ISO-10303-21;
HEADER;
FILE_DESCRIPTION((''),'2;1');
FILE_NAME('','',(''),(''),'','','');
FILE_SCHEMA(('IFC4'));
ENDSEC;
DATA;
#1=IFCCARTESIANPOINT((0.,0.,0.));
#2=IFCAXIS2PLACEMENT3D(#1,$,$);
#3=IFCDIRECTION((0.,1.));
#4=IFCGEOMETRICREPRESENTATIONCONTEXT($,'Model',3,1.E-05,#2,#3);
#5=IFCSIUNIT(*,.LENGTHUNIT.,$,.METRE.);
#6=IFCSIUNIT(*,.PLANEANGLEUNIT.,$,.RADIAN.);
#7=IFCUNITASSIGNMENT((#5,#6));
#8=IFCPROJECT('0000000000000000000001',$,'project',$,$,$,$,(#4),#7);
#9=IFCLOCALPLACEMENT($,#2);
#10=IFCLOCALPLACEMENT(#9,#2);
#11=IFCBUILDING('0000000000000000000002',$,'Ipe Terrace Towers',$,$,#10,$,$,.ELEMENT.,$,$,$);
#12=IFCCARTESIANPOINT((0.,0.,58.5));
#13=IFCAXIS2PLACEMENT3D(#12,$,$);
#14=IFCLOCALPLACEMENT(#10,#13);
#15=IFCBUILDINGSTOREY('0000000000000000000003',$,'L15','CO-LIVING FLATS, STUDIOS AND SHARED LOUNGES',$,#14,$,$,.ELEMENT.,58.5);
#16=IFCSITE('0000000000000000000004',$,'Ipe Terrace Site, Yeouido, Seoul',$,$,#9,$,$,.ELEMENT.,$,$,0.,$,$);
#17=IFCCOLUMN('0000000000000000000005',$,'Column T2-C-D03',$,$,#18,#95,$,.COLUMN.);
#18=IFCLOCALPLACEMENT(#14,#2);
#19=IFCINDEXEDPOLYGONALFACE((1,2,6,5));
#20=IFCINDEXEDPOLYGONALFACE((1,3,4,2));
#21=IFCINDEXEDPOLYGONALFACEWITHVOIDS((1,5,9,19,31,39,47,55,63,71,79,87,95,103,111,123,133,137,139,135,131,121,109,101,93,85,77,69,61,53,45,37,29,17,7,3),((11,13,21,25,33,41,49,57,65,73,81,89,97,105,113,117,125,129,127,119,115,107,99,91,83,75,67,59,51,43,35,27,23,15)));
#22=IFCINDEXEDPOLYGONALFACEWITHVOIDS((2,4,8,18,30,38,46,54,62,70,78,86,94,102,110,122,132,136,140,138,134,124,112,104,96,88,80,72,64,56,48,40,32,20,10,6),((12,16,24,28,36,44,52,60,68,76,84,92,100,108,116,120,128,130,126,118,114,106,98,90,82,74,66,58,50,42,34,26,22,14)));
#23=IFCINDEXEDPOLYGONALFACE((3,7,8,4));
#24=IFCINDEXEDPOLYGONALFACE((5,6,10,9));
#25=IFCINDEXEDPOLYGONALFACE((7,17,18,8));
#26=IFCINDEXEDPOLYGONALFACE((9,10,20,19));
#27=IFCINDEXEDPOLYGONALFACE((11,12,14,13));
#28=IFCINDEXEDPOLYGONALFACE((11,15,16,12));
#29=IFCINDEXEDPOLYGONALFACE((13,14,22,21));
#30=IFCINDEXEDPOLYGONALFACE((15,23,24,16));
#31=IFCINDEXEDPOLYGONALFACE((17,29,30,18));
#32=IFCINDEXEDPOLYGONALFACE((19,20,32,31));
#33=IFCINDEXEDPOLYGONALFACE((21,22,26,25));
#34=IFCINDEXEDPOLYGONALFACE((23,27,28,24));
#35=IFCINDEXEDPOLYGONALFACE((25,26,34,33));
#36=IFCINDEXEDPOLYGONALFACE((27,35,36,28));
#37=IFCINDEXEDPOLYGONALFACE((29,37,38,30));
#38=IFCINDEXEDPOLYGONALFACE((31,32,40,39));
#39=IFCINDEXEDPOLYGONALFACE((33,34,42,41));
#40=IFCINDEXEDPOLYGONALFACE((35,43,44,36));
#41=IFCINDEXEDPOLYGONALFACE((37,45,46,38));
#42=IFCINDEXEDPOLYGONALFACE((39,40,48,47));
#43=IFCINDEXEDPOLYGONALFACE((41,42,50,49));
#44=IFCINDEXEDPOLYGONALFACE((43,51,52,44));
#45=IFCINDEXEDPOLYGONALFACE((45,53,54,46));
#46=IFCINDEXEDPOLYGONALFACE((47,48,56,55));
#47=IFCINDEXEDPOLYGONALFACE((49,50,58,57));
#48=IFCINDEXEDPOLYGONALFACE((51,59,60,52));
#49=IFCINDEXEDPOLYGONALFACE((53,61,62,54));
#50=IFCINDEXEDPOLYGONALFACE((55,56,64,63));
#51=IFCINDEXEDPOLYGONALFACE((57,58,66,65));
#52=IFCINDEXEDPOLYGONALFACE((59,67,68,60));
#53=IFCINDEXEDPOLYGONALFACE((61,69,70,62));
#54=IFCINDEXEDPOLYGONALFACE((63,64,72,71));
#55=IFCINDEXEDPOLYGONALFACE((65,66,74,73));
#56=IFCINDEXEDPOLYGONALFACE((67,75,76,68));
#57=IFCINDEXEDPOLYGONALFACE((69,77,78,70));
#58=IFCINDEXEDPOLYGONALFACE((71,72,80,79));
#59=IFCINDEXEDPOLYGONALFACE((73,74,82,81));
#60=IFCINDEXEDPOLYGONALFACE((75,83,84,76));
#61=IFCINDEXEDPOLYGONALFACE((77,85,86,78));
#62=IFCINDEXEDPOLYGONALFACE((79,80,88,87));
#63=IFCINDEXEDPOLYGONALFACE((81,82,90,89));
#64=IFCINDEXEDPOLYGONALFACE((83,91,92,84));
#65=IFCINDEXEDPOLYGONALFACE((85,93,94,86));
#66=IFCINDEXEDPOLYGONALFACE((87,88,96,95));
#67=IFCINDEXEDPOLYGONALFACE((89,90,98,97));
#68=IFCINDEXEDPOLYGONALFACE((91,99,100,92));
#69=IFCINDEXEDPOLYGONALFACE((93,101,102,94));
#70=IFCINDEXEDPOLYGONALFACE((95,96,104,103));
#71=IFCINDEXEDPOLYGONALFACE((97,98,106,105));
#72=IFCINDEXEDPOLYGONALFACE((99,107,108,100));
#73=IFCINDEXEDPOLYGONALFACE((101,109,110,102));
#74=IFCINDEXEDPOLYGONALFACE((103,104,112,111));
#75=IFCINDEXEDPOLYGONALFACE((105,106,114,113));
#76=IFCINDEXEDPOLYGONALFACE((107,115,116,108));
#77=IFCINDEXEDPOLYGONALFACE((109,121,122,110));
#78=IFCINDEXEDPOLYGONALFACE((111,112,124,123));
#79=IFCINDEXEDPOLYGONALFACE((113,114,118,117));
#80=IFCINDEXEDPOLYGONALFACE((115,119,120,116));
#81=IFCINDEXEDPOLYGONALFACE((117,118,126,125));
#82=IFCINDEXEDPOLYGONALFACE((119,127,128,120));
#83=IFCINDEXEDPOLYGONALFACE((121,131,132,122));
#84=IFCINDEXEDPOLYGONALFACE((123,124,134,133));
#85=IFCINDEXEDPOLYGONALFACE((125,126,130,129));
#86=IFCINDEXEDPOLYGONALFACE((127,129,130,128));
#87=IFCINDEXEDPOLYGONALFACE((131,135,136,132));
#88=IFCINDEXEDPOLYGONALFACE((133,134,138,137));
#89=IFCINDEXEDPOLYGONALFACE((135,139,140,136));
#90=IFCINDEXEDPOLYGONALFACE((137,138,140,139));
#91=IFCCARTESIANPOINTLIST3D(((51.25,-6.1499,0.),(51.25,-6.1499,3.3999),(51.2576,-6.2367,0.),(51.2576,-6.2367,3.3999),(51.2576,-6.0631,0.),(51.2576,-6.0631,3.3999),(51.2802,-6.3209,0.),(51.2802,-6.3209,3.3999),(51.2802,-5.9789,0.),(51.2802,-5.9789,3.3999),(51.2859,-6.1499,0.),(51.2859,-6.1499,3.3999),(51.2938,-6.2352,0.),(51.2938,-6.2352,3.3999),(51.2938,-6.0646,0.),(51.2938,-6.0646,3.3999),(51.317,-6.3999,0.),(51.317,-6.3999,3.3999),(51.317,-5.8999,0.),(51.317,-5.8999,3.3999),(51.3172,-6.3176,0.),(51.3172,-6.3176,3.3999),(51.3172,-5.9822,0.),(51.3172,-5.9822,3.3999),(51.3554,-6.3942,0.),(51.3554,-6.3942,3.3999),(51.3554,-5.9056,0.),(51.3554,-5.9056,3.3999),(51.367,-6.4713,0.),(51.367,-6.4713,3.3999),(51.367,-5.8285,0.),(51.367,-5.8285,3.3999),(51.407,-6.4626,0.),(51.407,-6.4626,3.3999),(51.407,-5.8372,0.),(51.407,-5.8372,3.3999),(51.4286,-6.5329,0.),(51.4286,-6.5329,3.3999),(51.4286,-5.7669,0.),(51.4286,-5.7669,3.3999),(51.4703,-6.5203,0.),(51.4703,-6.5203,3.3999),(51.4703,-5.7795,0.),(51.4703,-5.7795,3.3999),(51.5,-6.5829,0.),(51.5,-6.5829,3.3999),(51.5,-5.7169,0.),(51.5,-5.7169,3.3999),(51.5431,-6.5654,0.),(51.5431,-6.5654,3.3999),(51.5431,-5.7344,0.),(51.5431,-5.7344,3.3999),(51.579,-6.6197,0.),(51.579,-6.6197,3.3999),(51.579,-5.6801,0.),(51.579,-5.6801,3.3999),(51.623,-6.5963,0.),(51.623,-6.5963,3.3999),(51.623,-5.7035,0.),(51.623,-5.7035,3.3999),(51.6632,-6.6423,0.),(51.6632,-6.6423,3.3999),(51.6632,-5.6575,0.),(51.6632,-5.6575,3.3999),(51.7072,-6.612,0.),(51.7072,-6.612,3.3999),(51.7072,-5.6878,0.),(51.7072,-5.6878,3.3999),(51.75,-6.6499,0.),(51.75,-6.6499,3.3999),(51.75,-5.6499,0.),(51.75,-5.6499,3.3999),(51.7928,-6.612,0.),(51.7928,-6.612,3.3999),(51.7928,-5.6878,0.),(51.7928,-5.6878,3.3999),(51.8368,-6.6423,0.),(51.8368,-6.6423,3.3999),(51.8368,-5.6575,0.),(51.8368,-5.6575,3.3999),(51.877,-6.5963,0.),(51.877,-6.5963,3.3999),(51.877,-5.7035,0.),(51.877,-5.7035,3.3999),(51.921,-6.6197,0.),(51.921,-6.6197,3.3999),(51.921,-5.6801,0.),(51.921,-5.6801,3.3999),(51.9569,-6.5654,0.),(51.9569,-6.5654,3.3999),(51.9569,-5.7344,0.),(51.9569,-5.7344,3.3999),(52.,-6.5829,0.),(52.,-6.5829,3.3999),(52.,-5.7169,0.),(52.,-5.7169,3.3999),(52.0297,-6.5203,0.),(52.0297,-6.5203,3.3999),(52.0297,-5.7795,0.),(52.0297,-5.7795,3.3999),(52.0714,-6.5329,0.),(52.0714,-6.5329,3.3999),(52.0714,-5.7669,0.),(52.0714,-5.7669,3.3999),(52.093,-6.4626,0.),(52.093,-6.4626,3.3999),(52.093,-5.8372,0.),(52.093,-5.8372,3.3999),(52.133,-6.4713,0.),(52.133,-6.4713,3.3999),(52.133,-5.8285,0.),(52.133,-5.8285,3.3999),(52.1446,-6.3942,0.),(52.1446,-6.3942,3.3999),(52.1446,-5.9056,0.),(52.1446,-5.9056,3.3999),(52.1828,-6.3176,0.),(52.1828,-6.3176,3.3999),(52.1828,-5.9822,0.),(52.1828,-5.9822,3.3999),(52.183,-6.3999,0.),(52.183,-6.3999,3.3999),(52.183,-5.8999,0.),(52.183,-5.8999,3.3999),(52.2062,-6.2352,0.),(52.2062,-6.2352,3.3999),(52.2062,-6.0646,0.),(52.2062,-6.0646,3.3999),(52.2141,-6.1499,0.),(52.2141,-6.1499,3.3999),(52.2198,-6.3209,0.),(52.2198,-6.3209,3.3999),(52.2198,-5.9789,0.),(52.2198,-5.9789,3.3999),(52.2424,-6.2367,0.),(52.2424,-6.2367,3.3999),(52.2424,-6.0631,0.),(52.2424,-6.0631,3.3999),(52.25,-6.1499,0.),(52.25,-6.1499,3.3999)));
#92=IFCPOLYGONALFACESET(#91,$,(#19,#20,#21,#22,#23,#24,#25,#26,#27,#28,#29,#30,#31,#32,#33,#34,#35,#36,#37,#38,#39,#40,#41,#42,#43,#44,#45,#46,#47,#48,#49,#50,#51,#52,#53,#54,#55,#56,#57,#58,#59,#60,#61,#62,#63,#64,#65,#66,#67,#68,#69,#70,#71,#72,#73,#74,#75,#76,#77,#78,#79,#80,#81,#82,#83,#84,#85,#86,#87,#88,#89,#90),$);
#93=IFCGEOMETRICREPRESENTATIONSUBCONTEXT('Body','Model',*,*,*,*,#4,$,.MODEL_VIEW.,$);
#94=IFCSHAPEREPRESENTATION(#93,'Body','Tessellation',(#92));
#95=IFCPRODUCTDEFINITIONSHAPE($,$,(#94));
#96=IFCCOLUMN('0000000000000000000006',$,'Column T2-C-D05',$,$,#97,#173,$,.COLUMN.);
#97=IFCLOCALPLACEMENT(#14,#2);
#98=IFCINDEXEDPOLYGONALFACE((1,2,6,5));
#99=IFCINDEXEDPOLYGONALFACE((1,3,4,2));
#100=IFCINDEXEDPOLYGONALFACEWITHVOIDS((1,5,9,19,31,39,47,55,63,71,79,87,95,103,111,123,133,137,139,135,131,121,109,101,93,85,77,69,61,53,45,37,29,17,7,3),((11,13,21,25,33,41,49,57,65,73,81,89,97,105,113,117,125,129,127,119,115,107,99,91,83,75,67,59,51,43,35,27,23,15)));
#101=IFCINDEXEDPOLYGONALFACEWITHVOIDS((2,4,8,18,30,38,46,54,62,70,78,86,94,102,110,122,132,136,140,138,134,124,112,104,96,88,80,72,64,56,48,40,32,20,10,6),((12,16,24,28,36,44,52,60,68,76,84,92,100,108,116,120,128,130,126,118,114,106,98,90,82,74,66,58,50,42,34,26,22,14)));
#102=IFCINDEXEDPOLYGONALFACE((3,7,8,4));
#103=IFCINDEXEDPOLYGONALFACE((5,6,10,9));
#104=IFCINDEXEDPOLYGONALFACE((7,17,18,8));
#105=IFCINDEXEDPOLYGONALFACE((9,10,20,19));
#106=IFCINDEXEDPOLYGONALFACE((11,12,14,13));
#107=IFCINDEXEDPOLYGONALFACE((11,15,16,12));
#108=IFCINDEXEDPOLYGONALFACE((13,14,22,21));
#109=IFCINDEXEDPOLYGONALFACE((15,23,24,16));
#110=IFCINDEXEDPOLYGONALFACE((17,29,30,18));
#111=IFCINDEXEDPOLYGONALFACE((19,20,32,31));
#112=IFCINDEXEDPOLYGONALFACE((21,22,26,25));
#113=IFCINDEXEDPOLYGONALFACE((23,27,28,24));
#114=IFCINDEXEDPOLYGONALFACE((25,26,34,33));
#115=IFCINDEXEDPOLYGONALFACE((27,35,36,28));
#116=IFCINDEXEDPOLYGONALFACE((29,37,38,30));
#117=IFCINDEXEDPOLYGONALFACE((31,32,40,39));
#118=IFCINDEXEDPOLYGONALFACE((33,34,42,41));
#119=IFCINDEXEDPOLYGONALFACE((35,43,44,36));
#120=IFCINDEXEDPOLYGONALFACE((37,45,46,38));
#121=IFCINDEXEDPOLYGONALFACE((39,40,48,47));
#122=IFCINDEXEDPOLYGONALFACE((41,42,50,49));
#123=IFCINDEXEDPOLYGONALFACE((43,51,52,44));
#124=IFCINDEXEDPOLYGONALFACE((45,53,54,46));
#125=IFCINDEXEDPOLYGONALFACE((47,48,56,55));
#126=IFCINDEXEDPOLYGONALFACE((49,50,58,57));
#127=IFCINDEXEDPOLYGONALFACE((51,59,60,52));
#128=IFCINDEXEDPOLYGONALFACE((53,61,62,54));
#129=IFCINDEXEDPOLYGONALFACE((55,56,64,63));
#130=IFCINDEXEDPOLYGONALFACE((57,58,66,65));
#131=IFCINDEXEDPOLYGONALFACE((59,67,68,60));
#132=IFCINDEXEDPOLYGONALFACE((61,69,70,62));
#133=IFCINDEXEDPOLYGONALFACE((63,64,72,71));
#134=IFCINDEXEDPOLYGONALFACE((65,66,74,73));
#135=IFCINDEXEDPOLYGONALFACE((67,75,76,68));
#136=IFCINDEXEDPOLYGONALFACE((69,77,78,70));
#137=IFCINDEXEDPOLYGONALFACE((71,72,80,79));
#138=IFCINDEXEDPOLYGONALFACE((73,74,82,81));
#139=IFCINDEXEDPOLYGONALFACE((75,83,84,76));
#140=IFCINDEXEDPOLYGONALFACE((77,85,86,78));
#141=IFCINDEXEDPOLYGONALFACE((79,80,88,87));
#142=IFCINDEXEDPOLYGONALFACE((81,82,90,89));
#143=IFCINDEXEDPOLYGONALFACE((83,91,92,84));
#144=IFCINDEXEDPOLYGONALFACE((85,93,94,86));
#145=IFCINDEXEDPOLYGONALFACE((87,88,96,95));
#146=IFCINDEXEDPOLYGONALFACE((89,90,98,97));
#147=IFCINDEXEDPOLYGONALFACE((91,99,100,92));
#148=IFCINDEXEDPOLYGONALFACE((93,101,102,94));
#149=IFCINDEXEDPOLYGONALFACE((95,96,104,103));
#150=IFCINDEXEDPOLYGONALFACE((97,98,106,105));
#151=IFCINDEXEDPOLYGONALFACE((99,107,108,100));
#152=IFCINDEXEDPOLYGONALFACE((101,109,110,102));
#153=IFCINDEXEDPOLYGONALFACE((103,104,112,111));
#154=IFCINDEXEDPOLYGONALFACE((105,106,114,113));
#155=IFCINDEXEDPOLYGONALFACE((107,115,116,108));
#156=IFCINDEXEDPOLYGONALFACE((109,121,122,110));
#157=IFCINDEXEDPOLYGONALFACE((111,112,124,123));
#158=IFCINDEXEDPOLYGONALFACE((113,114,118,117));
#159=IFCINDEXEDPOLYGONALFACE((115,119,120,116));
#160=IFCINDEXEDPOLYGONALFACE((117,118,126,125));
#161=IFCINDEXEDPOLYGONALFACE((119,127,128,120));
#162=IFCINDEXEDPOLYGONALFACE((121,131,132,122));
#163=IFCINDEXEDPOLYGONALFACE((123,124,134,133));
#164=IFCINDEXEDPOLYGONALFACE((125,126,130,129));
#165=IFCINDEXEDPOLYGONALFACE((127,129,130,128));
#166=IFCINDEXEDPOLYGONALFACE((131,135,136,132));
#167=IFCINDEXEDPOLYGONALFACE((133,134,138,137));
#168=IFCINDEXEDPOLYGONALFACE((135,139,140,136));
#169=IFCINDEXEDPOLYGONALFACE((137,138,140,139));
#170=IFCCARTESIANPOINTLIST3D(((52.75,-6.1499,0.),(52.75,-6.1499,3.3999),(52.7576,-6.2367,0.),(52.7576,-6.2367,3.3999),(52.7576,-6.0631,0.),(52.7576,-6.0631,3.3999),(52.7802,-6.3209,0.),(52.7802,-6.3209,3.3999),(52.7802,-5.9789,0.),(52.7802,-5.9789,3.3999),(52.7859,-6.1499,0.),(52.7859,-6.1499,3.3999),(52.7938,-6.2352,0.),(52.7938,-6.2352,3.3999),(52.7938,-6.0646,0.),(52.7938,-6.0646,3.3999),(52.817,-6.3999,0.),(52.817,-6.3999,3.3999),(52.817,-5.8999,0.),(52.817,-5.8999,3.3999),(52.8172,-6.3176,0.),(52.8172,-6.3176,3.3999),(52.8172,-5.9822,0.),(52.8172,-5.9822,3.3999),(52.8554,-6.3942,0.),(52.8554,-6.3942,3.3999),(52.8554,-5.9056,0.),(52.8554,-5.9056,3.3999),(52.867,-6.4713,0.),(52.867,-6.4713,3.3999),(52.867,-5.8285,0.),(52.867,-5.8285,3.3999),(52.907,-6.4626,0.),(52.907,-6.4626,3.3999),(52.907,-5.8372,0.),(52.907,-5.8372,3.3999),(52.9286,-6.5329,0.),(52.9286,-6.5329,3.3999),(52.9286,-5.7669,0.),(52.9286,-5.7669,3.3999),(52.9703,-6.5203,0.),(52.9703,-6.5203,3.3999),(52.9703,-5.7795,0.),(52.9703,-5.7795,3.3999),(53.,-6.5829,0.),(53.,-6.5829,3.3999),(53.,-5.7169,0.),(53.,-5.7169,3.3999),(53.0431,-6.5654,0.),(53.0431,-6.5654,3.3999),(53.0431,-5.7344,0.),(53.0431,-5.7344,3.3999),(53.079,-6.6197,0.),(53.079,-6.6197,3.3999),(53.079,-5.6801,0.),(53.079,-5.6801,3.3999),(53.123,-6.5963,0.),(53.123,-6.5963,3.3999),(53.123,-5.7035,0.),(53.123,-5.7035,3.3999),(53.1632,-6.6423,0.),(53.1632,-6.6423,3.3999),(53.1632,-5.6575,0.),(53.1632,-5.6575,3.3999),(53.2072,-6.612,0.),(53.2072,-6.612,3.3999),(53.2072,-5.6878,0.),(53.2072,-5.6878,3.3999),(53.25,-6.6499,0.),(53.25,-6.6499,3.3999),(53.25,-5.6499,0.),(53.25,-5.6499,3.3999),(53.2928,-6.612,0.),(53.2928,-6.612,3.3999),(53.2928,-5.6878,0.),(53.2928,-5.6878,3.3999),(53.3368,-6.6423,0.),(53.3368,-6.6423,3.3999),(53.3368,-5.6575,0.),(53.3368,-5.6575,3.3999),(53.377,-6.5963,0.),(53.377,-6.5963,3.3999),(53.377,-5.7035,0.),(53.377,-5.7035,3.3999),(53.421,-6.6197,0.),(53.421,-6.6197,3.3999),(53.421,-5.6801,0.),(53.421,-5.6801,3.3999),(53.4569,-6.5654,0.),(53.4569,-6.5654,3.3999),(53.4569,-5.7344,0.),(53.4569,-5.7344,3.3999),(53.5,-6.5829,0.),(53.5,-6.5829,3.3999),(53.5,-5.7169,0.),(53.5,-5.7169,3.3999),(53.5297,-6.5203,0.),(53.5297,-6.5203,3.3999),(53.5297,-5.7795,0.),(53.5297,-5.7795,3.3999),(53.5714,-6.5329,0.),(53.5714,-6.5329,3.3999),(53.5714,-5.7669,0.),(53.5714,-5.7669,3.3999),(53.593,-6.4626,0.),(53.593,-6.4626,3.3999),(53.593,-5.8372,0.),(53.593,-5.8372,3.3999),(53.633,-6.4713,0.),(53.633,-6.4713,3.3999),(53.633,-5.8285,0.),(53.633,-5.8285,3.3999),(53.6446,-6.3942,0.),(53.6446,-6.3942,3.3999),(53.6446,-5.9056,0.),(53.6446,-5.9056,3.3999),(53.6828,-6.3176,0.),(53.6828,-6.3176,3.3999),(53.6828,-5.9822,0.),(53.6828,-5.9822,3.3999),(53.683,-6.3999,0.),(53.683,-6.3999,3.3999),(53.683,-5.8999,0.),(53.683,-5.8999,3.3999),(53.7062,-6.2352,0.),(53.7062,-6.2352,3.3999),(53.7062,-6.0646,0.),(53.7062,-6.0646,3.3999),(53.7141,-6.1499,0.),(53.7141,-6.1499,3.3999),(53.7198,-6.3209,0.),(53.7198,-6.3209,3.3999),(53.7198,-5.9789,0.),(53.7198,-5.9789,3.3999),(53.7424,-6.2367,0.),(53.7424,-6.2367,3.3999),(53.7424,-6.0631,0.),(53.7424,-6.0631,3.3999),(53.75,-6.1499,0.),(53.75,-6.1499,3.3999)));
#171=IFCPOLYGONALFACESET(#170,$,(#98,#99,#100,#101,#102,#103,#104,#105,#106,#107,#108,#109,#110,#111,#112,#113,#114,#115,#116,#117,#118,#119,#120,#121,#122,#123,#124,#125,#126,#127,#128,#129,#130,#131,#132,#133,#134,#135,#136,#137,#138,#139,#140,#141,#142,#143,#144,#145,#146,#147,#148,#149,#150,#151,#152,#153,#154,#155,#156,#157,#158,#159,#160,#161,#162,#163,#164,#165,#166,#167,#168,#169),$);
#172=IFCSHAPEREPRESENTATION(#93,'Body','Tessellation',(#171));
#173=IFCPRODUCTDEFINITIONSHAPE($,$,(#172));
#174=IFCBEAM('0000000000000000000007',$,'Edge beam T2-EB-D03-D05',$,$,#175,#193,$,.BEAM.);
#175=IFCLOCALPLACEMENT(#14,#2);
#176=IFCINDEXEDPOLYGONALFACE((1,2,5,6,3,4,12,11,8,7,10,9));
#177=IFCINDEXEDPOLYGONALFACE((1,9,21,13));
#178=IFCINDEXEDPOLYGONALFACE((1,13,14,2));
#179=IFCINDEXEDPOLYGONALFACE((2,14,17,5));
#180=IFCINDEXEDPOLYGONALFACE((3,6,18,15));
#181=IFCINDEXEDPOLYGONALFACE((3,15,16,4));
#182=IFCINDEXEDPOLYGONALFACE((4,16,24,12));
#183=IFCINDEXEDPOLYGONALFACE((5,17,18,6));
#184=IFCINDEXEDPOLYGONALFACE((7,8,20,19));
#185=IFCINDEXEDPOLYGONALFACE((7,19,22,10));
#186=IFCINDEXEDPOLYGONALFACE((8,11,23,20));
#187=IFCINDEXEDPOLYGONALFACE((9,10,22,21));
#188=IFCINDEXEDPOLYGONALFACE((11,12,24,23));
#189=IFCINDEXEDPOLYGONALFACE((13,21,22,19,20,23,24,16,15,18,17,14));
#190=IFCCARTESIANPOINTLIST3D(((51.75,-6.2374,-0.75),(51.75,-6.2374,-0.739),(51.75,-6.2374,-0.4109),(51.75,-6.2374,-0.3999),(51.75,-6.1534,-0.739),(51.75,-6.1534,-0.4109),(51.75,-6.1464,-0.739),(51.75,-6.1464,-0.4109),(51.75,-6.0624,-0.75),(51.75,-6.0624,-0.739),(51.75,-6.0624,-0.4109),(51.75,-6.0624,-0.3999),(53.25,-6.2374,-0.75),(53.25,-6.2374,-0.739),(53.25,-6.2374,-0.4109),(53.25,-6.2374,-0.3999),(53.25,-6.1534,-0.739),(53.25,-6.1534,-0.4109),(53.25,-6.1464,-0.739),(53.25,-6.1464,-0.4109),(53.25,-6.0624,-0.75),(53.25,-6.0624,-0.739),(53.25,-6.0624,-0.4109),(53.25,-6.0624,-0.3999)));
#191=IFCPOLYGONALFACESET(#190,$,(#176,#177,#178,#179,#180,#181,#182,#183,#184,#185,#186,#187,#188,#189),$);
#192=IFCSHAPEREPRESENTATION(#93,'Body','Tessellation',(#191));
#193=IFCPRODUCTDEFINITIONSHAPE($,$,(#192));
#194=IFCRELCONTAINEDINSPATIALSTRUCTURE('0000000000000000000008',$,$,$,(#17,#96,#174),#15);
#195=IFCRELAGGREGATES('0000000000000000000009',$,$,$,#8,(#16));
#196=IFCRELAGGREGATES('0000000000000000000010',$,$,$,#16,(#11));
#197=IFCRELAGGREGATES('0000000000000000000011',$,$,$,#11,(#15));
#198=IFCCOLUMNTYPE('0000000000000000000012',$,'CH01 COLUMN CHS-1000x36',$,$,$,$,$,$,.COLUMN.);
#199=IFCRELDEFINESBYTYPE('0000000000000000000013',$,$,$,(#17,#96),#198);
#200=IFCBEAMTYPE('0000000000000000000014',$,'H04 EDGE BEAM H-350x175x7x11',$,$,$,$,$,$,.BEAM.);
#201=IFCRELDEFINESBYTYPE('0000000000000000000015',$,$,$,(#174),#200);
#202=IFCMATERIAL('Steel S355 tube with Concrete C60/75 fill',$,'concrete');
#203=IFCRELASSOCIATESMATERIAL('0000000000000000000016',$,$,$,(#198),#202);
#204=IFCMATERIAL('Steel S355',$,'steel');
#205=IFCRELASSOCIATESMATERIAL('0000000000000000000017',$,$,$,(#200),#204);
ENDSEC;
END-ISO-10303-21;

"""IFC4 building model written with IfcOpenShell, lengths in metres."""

from ifc_helpers import new_model, si_unit, direction, frame, origin, origin_2d, place, context, subcontext, project, spatial, hollow_circle, i_section, extrude, material, material_profile, profile_set, type_object, element, save


model = new_model("IFC4")

# Units and contexts
model_context = context("Model", 3, precision=1e-05, world=origin(), true_north=direction((0.0, 1.0)))
body_context = subcontext(model_context, "Body", "Model", "MODEL_VIEW")
ifc_project = project(units=[si_unit("LENGTHUNIT", "METRE"), si_unit("PLANEANGLEUNIT", "RADIAN")], contexts=[model_context])

# Site, building, storey
site_placement = place(None, origin())
site = spatial("IfcSite", under=ifc_project, at=site_placement, Name="Ipe Terrace Site, Yeouido, Seoul", CompositionType="ELEMENT", RefElevation=0.0)
building_placement = place(site_placement, origin())
building = spatial("IfcBuilding", under=site, at=building_placement, Name="Ipe Terrace Towers", CompositionType="ELEMENT")
storey_placement = place(building_placement, frame((0.0, 0.0, 58.5)))
storey = spatial("IfcBuildingStorey", under=building, at=storey_placement, Name="L15", Description="CO-LIVING FLATS, STUDIOS AND SHARED LOUNGES", CompositionType="ELEMENT", Elevation=58.5)

# Columns
ifc_material_1 = material(Name="Steel S355 tube with Concrete C60/75 fill", Category="concrete")
ifc_material_profile_1 = material_profile(ifc_material_1, hollow_circle(Radius=0.5, WallThickness=0.0359, at=origin_2d()), Name="CHS-1000x36")
ifc_profile_set_1 = profile_set([ifc_material_profile_1], Name="Steel S355 tube with Concrete C60/75 fill")
column_type = type_object("IfcColumnType", Name="CH01 COLUMN CHS-1000x36", PredefinedType="COLUMN", material=ifc_profile_set_1)
for number, where, z_axis, x_axis, name in (
    (1, (51.75, -6.1499, 0.0), (0.0, 0.0, 1.0), (1.0, 0.0, 0.0), "Column T2-C-D03"),
    (2, (53.25, -6.1499, 0.0), (0.0, 0.0, 1.0), (1.0, 0.0, 0.0), "Column T2-C-D05"),
):
    element("IfcColumn", number, at=place(storey_placement, frame(where, z_axis=z_axis, x_axis=x_axis)), inside=storey, type_object=column_type, Name=name, PredefinedType="COLUMN", context=body_context, shape_type="SweptSolid", body=[
        extrude(hollow_circle(Radius=0.5, WallThickness=0.0359, at=origin_2d()), origin(), (0.0, 0.0, 1.0), 3.3999),
    ])

# Beam
ifc_material_2 = material(Name="Steel S355", Category="steel")
ifc_material_profile_2 = material_profile(ifc_material_2, i_section(OverallWidth=0.175, OverallDepth=0.3501, WebThickness=0.0071, FlangeThickness=0.011, at=origin_2d()), Name="H-350x175x7x11")
ifc_profile_set_2 = profile_set([ifc_material_profile_2], Name="Steel S355")
beam_type = type_object("IfcBeamType", Name="H04 EDGE BEAM H-350x175x7x11", PredefinedType="BEAM", material=ifc_profile_set_2)
beam_placement = place(storey_placement, frame((51.75, -6.1499, -0.575), z_axis=(1.0, 0.0, 0.0), x_axis=(0.0, 1.0, 0.0)))
element("IfcBeam", 3, at=beam_placement, inside=storey, type_object=beam_type, Name="Edge beam T2-EB-D03-D05", PredefinedType="BEAM", context=body_context, shape_type="SweptSolid", body=[
    extrude(i_section(OverallWidth=0.175, OverallDepth=0.3501, WebThickness=0.0071, FlangeThickness=0.011, at=origin_2d()), origin(), (0.0, 0.0, 1.0), 1.5),
])

save(model, "model.ifc")
